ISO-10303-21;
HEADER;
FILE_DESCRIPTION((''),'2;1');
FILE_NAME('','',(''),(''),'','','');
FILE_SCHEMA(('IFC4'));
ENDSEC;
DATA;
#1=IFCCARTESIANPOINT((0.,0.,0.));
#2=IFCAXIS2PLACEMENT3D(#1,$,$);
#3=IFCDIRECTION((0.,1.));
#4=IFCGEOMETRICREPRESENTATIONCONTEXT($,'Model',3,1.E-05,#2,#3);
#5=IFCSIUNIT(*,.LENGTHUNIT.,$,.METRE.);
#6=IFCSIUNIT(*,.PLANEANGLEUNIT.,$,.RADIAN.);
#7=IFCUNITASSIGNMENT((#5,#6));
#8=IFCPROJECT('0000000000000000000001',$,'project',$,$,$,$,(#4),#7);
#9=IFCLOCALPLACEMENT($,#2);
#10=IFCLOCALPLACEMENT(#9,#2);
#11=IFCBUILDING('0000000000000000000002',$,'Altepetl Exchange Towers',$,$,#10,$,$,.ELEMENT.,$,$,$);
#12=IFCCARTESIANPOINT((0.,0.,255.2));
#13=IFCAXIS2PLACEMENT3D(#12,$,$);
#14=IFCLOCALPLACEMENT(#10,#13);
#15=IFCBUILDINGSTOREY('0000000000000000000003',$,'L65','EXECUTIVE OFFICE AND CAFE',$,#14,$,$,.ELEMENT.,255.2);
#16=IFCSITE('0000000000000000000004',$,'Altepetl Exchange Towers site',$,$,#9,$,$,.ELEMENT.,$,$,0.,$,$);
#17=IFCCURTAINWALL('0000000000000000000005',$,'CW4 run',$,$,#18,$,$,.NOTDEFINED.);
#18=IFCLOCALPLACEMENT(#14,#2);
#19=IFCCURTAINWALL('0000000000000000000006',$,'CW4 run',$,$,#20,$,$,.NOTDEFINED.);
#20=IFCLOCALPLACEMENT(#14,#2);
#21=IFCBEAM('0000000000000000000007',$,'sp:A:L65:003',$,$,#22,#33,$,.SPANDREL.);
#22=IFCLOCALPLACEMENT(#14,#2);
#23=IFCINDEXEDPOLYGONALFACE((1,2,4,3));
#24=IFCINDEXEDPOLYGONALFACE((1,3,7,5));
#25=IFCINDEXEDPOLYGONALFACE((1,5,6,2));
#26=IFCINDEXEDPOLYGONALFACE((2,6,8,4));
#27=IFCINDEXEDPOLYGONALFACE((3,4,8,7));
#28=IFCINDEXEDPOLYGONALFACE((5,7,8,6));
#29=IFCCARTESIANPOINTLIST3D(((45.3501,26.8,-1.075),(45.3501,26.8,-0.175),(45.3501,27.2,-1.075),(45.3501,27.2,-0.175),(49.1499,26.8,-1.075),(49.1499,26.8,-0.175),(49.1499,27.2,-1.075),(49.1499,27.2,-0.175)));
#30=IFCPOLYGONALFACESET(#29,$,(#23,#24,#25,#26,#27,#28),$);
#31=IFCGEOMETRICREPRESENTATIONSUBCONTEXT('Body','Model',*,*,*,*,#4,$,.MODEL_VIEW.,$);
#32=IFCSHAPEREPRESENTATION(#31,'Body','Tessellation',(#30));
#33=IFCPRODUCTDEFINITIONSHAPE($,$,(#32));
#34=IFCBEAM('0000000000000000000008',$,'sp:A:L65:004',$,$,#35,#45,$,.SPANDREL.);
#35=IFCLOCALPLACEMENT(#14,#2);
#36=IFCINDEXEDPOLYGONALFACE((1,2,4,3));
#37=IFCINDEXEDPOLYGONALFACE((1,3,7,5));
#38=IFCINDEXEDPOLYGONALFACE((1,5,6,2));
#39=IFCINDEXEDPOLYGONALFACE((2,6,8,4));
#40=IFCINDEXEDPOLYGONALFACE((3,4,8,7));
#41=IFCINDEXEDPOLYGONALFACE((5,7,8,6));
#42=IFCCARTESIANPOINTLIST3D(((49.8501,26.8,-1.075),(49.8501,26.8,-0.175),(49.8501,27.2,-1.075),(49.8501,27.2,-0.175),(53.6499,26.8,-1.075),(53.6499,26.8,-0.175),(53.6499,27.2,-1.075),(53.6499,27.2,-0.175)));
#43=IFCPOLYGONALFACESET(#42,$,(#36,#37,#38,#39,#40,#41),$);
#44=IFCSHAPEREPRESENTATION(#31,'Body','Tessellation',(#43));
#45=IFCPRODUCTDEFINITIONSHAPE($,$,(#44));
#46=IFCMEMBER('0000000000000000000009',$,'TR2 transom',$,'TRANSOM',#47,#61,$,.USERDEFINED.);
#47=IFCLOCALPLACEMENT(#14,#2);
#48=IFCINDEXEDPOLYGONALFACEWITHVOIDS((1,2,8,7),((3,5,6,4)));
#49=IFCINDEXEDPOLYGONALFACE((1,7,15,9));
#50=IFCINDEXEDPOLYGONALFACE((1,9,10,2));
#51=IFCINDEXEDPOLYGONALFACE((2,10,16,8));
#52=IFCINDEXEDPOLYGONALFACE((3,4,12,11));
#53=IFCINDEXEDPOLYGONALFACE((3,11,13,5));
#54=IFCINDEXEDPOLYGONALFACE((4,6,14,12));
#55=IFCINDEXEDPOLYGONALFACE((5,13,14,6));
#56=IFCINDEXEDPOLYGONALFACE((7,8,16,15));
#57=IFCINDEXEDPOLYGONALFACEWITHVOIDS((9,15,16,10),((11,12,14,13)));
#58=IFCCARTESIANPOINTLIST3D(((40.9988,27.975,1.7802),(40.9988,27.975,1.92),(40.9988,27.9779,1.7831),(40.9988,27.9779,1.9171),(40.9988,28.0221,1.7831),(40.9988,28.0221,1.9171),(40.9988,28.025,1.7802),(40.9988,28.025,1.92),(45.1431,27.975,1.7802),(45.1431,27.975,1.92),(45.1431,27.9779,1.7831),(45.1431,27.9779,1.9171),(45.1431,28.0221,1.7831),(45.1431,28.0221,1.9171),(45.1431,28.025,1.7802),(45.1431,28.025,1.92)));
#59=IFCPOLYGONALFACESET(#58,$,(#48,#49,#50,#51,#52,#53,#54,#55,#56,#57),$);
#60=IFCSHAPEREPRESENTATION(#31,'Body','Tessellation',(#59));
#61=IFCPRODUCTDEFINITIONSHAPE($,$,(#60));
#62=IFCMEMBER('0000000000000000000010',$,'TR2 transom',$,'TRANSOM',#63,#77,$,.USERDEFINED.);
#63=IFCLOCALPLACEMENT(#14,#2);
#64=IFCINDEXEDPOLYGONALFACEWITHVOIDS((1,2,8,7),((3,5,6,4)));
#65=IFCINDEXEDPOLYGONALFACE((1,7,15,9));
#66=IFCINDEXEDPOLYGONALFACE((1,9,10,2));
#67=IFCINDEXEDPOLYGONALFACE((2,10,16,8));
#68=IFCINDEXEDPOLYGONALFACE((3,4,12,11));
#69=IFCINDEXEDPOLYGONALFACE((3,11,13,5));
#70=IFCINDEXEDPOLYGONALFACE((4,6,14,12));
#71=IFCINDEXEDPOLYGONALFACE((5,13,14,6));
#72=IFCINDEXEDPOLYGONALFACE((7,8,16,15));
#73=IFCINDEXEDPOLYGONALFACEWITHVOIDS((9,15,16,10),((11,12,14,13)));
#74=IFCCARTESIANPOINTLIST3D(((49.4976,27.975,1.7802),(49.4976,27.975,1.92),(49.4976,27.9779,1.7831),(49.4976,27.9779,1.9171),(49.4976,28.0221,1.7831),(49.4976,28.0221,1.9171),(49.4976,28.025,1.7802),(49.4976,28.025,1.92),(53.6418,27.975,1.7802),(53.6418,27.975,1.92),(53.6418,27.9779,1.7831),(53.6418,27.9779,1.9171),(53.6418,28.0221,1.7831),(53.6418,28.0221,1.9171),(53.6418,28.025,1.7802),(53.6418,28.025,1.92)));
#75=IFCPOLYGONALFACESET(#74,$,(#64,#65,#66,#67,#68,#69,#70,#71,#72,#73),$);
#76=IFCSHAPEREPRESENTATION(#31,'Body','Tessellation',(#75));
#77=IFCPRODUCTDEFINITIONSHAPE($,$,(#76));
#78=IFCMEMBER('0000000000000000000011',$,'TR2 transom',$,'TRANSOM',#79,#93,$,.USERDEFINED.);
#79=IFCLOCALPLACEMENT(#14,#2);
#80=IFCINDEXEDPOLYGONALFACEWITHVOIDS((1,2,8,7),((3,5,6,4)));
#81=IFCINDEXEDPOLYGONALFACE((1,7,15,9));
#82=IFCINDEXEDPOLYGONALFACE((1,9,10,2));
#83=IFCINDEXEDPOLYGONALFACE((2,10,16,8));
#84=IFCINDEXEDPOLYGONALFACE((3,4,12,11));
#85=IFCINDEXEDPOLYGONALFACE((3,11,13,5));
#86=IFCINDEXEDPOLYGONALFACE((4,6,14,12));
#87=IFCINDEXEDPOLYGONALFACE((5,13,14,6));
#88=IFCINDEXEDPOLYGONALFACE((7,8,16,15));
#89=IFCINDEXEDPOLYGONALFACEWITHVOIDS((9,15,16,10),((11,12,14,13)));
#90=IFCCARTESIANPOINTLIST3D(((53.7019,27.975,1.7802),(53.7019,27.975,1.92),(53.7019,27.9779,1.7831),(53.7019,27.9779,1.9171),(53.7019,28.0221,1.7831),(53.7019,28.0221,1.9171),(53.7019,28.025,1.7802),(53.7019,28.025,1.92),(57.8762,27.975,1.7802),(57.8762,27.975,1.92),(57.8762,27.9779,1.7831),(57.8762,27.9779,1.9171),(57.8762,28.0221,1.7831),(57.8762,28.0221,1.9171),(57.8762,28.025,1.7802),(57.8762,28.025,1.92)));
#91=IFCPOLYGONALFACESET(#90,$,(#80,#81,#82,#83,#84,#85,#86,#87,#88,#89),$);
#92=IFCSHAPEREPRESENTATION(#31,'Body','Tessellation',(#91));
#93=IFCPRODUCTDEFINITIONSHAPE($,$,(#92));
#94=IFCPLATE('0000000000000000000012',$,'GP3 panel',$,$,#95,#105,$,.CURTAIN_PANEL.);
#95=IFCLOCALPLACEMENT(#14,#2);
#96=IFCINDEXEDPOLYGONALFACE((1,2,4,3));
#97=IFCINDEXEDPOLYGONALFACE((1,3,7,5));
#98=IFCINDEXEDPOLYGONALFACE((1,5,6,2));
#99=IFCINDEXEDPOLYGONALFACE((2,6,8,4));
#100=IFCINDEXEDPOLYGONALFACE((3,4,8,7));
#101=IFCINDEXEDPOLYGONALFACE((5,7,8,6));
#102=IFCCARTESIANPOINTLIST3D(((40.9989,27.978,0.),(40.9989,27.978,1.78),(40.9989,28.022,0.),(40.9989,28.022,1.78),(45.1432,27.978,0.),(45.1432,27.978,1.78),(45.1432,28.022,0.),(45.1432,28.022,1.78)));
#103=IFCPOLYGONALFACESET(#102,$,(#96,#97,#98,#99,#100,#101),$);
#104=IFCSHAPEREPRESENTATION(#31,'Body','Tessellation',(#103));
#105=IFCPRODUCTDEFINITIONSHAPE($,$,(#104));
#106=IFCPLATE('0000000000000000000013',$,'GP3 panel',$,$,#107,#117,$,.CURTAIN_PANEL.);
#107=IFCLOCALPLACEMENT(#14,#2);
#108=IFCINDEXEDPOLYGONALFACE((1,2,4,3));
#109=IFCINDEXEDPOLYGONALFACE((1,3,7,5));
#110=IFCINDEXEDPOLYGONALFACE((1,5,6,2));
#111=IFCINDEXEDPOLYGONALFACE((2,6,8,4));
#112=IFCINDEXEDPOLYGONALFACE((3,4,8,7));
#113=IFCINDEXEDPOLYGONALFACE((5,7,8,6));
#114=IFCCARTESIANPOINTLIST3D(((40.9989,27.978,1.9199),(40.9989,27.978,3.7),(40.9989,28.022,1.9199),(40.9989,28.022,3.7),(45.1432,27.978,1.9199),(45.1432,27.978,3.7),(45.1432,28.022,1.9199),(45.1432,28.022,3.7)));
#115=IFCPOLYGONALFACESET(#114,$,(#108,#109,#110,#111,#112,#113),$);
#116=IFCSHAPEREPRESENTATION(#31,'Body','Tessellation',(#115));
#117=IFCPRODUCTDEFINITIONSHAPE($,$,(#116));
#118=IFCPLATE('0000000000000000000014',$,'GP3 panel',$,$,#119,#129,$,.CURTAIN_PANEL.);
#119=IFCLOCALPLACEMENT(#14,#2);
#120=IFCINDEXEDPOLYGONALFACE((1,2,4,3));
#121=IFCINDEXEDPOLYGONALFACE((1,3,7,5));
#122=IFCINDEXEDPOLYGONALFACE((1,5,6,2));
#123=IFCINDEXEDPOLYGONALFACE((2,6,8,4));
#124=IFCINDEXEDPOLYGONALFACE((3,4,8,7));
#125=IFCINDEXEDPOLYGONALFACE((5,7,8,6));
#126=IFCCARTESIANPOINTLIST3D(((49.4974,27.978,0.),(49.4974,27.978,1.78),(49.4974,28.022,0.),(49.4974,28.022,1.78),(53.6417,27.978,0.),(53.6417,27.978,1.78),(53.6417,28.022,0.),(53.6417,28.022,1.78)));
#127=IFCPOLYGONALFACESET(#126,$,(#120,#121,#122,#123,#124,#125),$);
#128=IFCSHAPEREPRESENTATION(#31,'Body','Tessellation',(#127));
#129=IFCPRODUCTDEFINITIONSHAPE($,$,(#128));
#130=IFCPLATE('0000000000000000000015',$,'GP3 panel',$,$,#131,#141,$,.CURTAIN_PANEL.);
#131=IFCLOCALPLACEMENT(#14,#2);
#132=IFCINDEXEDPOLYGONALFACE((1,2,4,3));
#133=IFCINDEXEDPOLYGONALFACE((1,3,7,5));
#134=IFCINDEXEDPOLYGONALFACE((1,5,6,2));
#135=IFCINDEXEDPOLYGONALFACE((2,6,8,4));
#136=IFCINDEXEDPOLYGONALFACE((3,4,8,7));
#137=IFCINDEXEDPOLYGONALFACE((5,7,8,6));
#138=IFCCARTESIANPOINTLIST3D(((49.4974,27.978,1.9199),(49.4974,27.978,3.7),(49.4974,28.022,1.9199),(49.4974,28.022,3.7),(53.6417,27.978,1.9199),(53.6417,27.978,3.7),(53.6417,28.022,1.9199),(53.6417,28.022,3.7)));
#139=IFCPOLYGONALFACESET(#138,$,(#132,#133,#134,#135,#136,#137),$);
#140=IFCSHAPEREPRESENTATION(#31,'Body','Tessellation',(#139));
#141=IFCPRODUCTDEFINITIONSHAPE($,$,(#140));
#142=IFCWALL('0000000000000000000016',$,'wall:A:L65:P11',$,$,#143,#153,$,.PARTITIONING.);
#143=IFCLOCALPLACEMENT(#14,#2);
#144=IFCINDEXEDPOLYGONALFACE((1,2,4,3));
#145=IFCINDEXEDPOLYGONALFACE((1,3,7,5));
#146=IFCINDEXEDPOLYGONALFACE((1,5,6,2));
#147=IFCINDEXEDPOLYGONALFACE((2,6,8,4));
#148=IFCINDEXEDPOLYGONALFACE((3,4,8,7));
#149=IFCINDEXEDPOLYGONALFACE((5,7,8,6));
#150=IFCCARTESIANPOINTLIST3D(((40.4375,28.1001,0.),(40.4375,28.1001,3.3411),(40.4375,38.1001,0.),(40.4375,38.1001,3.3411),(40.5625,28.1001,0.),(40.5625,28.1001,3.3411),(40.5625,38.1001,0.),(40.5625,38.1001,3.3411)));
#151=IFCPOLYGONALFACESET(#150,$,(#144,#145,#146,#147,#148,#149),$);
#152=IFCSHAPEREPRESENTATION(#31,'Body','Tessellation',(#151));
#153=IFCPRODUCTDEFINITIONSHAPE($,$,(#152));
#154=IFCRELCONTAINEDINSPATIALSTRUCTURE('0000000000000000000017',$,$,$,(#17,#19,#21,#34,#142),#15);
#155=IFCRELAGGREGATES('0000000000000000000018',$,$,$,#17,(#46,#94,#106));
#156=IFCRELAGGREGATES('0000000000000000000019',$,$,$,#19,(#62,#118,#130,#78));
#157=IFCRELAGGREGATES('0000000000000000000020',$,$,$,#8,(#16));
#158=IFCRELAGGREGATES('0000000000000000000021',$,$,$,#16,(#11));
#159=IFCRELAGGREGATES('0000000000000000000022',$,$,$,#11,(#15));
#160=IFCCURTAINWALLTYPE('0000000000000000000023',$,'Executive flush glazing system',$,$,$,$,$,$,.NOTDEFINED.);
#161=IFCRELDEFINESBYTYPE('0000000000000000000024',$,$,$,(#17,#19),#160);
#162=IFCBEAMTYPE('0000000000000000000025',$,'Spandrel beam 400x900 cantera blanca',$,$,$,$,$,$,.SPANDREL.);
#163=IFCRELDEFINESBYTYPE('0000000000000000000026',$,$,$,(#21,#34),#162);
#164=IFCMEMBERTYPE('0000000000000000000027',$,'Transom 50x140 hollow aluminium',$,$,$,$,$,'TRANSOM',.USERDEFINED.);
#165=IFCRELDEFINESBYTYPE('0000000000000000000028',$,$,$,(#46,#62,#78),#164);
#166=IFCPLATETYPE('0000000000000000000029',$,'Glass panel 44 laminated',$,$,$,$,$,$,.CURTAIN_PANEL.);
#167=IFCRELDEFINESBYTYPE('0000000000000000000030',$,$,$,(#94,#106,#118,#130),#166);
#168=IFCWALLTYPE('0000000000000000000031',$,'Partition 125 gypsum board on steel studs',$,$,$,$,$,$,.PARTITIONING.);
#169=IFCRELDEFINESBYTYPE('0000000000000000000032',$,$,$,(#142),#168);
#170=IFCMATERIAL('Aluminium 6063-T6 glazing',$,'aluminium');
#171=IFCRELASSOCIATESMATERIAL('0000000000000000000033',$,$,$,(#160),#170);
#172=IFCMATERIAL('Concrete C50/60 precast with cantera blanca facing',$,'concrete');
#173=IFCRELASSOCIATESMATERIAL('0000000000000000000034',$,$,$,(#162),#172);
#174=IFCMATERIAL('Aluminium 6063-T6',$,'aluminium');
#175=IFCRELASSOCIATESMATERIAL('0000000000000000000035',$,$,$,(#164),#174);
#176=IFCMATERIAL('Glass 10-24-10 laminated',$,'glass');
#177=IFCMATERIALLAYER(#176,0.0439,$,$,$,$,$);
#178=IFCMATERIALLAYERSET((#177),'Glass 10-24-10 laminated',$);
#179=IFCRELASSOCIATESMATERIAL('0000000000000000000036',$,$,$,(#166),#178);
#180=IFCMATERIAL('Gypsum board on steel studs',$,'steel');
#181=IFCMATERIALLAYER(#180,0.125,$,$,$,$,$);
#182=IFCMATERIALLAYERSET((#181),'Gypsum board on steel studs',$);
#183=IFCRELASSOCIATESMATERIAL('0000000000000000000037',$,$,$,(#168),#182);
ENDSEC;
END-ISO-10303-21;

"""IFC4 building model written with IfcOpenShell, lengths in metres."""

from ifc_helpers import new_model, si_unit, direction, frame, frame_2d, origin, origin_2d, place, context, subcontext, project, spatial, rectangle, hollow_rectangle, extrude, material, layer, layer_set, material_profile, profile_set, type_object, element, aggregate, save


model = new_model("IFC4")

# Units and contexts
model_context = context("Model", 3, precision=1e-05, world=origin(), true_north=direction((0.0, 1.0)))
body_context = subcontext(model_context, "Body", "Model", "MODEL_VIEW")
ifc_project = project(units=[si_unit("LENGTHUNIT", "METRE"), si_unit("PLANEANGLEUNIT", "RADIAN")], contexts=[model_context])

# Site, building, storey
site_placement = place(None, origin())
site = spatial("IfcSite", under=ifc_project, at=site_placement, Name="Altepetl Exchange Towers site", CompositionType="ELEMENT", RefElevation=0.0)
building_placement = place(site_placement, origin())
building = spatial("IfcBuilding", under=site, at=building_placement, Name="Altepetl Exchange Towers", CompositionType="ELEMENT")
storey_placement = place(building_placement, frame((0.0, 0.0, 255.2)))
storey = spatial("IfcBuildingStorey", under=building, at=storey_placement, Name="L65", Description="EXECUTIVE OFFICE AND CAFE", CompositionType="ELEMENT", Elevation=255.2)

# Curtain walls
ifc_material_1 = material(Name="Aluminium 6063-T6 glazing", Category="aluminium")
curtain_wall_type = type_object("IfcCurtainWallType", Name="Executive flush glazing system", PredefinedType="NOTDEFINED", material=ifc_material_1)
curtain_wall_1_placement = place(storey_placement, origin())
curtain_wall_1 = element("IfcCurtainWall", 1, at=curtain_wall_1_placement, inside=storey, type_object=curtain_wall_type, Name="CW4 run", PredefinedType="NOTDEFINED")
ifc_material_2 = material(Name="Aluminium 6063-T6", Category="aluminium")
curtain_wall_2_placement = place(storey_placement, origin())
curtain_wall_2 = element("IfcCurtainWall", 2, at=curtain_wall_2_placement, inside=storey, type_object=curtain_wall_type, Name="CW4 run", PredefinedType="NOTDEFINED")

# Beams
ifc_material_3 = material(Name="Concrete C50/60 precast with cantera blanca facing", Category="concrete")
ifc_material_profile_1 = material_profile(ifc_material_3, rectangle(XDim=0.3999, YDim=0.8999, at=origin_2d()), Name="400 x 900")
ifc_profile_set_1 = profile_set([ifc_material_profile_1], Name="Concrete C50/60 precast with cantera blanca facing")
beam_type_1 = type_object("IfcBeamType", Name="Spandrel beam 400x900 cantera blanca", PredefinedType="SPANDREL", material=ifc_profile_set_1)
for number, where, z_axis, x_axis, name in (
    (3, (45.3501, 27.0, -0.625), (1.0, 0.0, 0.0), (0.0, 1.0, 0.0), "sp:A:L65:003"),
    (4, (49.8501, 27.0, -0.625), (1.0, 0.0, 0.0), (0.0, 1.0, 0.0), "sp:A:L65:004"),
):
    element("IfcBeam", number, at=place(storey_placement, frame(where, z_axis=z_axis, x_axis=x_axis)), inside=storey, type_object=beam_type_1, Name=name, PredefinedType="SPANDREL", context=body_context, shape_type="SweptSolid", body=[
        extrude(rectangle(XDim=0.3999, YDim=0.8999, at=origin_2d()), origin(), (0.0, 0.0, 1.0), 3.7998),
    ])

# Members
ifc_material_profile_2 = material_profile(ifc_material_2, hollow_rectangle(XDim=0.05, YDim=0.1399, WallThickness=0.0029, at=origin_2d()), Name="Transom 50x140 hollow aluminium")
ifc_profile_set_2 = profile_set([ifc_material_profile_2], Name="Aluminium 6063-T6")
member_type_1 = type_object("IfcMemberType", Name="Transom 50x140 hollow aluminium", ElementType="TRANSOM", PredefinedType="USERDEFINED", material=ifc_profile_set_2)
member_1_placement = place(storey_placement, frame((40.9988, 28.0, 1.8501), z_axis=(1.0, 0.0, 0.0), x_axis=(0.0, 1.0, 0.0)))
member_1 = element("IfcMember", 5, at=member_1_placement, type_object=member_type_1, Name="TR2 transom", ObjectType="TRANSOM", PredefinedType="USERDEFINED", context=body_context, shape_type="SweptSolid", body=[
    extrude(hollow_rectangle(XDim=0.05, YDim=0.1399, WallThickness=0.0029, at=origin_2d()), origin(), (0.0, 0.0, 1.0), 4.1443),
])
member_2_placement = place(storey_placement, frame((49.4976, 28.0, 1.8501), z_axis=(1.0, 0.0, 0.0), x_axis=(0.0, 1.0, 0.0)))
member_2 = element("IfcMember", 6, at=member_2_placement, type_object=member_type_1, Name="TR2 transom", ObjectType="TRANSOM", PredefinedType="USERDEFINED", context=body_context, shape_type="SweptSolid", body=[
    extrude(hollow_rectangle(XDim=0.05, YDim=0.1399, WallThickness=0.0029, at=origin_2d()), origin(), (0.0, 0.0, 1.0), 4.1443),
])
member_3_placement = place(storey_placement, frame((53.7019, 28.0, 1.8501), z_axis=(1.0, 0.0, 0.0), x_axis=(0.0, 1.0, 0.0)))
member_3 = element("IfcMember", 7, at=member_3_placement, type_object=member_type_1, Name="TR2 transom", ObjectType="TRANSOM", PredefinedType="USERDEFINED", context=body_context, shape_type="SweptSolid", body=[
    extrude(hollow_rectangle(XDim=0.05, YDim=0.1399, WallThickness=0.0029, at=origin_2d()), origin(), (0.0, 0.0, 1.0), 4.1743),
])

# Plates
ifc_material_4 = material(Name="Glass 10-24-10 laminated", Category="glass")
ifc_layer_1 = layer(ifc_material_4, 0.0439)
ifc_layer_set_1 = layer_set([ifc_layer_1], Name="Glass 10-24-10 laminated")
plate_type = type_object("IfcPlateType", Name="Glass panel 44 laminated", PredefinedType="CURTAIN_PANEL", material=ifc_layer_set_1)
plate_1_placement = place(storey_placement, frame((43.071, 28.0, 0.0)))
plate_1 = element("IfcPlate", 8, at=plate_1_placement, type_object=plate_type, Name="GP3 panel", PredefinedType="CURTAIN_PANEL", context=body_context, shape_type="SweptSolid", body=[
    extrude(rectangle(XDim=4.1443, YDim=0.0439, at=origin_2d()), origin(), (0.0, 0.0, 1.0), 1.78),
])
plate_2_placement = place(storey_placement, frame((43.071, 28.0, 1.9199)))
plate_2 = element("IfcPlate", 9, at=plate_2_placement, type_object=plate_type, Name="GP3 panel", PredefinedType="CURTAIN_PANEL", context=body_context, shape_type="SweptSolid", body=[
    extrude(rectangle(XDim=4.1443, YDim=0.0439, at=origin_2d()), origin(), (0.0, 0.0, 1.0), 1.78),
])
aggregate(curtain_wall_1, [member_1, plate_1, plate_2])
plate_3_placement = place(storey_placement, frame((51.5696, 28.0, 0.0)))
plate_3 = element("IfcPlate", 10, at=plate_3_placement, type_object=plate_type, Name="GP3 panel", PredefinedType="CURTAIN_PANEL", context=body_context, shape_type="SweptSolid", body=[
    extrude(rectangle(XDim=4.1443, YDim=0.0439, at=origin_2d()), origin(), (0.0, 0.0, 1.0), 1.78),
])
plate_4_placement = place(storey_placement, frame((51.5696, 28.0, 1.9199)))
plate_4 = element("IfcPlate", 11, at=plate_4_placement, type_object=plate_type, Name="GP3 panel", PredefinedType="CURTAIN_PANEL", context=body_context, shape_type="SweptSolid", body=[
    extrude(rectangle(XDim=4.1443, YDim=0.0439, at=origin_2d()), origin(), (0.0, 0.0, 1.0), 1.78),
])
aggregate(curtain_wall_2, [member_2, plate_3, plate_4, member_3])

# Wall
ifc_material_5 = material(Name="Gypsum board on steel studs", Category="steel")
ifc_layer_2 = layer(ifc_material_5, 0.125)
ifc_layer_set_2 = layer_set([ifc_layer_2], Name="Gypsum board on steel studs")
wall_type_1 = type_object("IfcWallType", Name="Partition 125 gypsum board on steel studs", PredefinedType="PARTITIONING", material=ifc_layer_set_2)
wall_1_placement = place(storey_placement, frame((40.5, 28.1001, 0.0), z_axis=(0.0, 0.0, 1.0), x_axis=(0.0, 1.0, 0.0)))
element("IfcWall", 12, at=wall_1_placement, inside=storey, type_object=wall_type_1, Name="wall:A:L65:P11", PredefinedType="PARTITIONING", context=body_context, shape_type="SweptSolid", body=[
    extrude(rectangle(XDim=10.0, YDim=0.125, at=frame_2d((5.0, 0.0))), origin(), (0.0, 0.0, 1.0), 3.3411),
])

save(model, "model.ifc")
